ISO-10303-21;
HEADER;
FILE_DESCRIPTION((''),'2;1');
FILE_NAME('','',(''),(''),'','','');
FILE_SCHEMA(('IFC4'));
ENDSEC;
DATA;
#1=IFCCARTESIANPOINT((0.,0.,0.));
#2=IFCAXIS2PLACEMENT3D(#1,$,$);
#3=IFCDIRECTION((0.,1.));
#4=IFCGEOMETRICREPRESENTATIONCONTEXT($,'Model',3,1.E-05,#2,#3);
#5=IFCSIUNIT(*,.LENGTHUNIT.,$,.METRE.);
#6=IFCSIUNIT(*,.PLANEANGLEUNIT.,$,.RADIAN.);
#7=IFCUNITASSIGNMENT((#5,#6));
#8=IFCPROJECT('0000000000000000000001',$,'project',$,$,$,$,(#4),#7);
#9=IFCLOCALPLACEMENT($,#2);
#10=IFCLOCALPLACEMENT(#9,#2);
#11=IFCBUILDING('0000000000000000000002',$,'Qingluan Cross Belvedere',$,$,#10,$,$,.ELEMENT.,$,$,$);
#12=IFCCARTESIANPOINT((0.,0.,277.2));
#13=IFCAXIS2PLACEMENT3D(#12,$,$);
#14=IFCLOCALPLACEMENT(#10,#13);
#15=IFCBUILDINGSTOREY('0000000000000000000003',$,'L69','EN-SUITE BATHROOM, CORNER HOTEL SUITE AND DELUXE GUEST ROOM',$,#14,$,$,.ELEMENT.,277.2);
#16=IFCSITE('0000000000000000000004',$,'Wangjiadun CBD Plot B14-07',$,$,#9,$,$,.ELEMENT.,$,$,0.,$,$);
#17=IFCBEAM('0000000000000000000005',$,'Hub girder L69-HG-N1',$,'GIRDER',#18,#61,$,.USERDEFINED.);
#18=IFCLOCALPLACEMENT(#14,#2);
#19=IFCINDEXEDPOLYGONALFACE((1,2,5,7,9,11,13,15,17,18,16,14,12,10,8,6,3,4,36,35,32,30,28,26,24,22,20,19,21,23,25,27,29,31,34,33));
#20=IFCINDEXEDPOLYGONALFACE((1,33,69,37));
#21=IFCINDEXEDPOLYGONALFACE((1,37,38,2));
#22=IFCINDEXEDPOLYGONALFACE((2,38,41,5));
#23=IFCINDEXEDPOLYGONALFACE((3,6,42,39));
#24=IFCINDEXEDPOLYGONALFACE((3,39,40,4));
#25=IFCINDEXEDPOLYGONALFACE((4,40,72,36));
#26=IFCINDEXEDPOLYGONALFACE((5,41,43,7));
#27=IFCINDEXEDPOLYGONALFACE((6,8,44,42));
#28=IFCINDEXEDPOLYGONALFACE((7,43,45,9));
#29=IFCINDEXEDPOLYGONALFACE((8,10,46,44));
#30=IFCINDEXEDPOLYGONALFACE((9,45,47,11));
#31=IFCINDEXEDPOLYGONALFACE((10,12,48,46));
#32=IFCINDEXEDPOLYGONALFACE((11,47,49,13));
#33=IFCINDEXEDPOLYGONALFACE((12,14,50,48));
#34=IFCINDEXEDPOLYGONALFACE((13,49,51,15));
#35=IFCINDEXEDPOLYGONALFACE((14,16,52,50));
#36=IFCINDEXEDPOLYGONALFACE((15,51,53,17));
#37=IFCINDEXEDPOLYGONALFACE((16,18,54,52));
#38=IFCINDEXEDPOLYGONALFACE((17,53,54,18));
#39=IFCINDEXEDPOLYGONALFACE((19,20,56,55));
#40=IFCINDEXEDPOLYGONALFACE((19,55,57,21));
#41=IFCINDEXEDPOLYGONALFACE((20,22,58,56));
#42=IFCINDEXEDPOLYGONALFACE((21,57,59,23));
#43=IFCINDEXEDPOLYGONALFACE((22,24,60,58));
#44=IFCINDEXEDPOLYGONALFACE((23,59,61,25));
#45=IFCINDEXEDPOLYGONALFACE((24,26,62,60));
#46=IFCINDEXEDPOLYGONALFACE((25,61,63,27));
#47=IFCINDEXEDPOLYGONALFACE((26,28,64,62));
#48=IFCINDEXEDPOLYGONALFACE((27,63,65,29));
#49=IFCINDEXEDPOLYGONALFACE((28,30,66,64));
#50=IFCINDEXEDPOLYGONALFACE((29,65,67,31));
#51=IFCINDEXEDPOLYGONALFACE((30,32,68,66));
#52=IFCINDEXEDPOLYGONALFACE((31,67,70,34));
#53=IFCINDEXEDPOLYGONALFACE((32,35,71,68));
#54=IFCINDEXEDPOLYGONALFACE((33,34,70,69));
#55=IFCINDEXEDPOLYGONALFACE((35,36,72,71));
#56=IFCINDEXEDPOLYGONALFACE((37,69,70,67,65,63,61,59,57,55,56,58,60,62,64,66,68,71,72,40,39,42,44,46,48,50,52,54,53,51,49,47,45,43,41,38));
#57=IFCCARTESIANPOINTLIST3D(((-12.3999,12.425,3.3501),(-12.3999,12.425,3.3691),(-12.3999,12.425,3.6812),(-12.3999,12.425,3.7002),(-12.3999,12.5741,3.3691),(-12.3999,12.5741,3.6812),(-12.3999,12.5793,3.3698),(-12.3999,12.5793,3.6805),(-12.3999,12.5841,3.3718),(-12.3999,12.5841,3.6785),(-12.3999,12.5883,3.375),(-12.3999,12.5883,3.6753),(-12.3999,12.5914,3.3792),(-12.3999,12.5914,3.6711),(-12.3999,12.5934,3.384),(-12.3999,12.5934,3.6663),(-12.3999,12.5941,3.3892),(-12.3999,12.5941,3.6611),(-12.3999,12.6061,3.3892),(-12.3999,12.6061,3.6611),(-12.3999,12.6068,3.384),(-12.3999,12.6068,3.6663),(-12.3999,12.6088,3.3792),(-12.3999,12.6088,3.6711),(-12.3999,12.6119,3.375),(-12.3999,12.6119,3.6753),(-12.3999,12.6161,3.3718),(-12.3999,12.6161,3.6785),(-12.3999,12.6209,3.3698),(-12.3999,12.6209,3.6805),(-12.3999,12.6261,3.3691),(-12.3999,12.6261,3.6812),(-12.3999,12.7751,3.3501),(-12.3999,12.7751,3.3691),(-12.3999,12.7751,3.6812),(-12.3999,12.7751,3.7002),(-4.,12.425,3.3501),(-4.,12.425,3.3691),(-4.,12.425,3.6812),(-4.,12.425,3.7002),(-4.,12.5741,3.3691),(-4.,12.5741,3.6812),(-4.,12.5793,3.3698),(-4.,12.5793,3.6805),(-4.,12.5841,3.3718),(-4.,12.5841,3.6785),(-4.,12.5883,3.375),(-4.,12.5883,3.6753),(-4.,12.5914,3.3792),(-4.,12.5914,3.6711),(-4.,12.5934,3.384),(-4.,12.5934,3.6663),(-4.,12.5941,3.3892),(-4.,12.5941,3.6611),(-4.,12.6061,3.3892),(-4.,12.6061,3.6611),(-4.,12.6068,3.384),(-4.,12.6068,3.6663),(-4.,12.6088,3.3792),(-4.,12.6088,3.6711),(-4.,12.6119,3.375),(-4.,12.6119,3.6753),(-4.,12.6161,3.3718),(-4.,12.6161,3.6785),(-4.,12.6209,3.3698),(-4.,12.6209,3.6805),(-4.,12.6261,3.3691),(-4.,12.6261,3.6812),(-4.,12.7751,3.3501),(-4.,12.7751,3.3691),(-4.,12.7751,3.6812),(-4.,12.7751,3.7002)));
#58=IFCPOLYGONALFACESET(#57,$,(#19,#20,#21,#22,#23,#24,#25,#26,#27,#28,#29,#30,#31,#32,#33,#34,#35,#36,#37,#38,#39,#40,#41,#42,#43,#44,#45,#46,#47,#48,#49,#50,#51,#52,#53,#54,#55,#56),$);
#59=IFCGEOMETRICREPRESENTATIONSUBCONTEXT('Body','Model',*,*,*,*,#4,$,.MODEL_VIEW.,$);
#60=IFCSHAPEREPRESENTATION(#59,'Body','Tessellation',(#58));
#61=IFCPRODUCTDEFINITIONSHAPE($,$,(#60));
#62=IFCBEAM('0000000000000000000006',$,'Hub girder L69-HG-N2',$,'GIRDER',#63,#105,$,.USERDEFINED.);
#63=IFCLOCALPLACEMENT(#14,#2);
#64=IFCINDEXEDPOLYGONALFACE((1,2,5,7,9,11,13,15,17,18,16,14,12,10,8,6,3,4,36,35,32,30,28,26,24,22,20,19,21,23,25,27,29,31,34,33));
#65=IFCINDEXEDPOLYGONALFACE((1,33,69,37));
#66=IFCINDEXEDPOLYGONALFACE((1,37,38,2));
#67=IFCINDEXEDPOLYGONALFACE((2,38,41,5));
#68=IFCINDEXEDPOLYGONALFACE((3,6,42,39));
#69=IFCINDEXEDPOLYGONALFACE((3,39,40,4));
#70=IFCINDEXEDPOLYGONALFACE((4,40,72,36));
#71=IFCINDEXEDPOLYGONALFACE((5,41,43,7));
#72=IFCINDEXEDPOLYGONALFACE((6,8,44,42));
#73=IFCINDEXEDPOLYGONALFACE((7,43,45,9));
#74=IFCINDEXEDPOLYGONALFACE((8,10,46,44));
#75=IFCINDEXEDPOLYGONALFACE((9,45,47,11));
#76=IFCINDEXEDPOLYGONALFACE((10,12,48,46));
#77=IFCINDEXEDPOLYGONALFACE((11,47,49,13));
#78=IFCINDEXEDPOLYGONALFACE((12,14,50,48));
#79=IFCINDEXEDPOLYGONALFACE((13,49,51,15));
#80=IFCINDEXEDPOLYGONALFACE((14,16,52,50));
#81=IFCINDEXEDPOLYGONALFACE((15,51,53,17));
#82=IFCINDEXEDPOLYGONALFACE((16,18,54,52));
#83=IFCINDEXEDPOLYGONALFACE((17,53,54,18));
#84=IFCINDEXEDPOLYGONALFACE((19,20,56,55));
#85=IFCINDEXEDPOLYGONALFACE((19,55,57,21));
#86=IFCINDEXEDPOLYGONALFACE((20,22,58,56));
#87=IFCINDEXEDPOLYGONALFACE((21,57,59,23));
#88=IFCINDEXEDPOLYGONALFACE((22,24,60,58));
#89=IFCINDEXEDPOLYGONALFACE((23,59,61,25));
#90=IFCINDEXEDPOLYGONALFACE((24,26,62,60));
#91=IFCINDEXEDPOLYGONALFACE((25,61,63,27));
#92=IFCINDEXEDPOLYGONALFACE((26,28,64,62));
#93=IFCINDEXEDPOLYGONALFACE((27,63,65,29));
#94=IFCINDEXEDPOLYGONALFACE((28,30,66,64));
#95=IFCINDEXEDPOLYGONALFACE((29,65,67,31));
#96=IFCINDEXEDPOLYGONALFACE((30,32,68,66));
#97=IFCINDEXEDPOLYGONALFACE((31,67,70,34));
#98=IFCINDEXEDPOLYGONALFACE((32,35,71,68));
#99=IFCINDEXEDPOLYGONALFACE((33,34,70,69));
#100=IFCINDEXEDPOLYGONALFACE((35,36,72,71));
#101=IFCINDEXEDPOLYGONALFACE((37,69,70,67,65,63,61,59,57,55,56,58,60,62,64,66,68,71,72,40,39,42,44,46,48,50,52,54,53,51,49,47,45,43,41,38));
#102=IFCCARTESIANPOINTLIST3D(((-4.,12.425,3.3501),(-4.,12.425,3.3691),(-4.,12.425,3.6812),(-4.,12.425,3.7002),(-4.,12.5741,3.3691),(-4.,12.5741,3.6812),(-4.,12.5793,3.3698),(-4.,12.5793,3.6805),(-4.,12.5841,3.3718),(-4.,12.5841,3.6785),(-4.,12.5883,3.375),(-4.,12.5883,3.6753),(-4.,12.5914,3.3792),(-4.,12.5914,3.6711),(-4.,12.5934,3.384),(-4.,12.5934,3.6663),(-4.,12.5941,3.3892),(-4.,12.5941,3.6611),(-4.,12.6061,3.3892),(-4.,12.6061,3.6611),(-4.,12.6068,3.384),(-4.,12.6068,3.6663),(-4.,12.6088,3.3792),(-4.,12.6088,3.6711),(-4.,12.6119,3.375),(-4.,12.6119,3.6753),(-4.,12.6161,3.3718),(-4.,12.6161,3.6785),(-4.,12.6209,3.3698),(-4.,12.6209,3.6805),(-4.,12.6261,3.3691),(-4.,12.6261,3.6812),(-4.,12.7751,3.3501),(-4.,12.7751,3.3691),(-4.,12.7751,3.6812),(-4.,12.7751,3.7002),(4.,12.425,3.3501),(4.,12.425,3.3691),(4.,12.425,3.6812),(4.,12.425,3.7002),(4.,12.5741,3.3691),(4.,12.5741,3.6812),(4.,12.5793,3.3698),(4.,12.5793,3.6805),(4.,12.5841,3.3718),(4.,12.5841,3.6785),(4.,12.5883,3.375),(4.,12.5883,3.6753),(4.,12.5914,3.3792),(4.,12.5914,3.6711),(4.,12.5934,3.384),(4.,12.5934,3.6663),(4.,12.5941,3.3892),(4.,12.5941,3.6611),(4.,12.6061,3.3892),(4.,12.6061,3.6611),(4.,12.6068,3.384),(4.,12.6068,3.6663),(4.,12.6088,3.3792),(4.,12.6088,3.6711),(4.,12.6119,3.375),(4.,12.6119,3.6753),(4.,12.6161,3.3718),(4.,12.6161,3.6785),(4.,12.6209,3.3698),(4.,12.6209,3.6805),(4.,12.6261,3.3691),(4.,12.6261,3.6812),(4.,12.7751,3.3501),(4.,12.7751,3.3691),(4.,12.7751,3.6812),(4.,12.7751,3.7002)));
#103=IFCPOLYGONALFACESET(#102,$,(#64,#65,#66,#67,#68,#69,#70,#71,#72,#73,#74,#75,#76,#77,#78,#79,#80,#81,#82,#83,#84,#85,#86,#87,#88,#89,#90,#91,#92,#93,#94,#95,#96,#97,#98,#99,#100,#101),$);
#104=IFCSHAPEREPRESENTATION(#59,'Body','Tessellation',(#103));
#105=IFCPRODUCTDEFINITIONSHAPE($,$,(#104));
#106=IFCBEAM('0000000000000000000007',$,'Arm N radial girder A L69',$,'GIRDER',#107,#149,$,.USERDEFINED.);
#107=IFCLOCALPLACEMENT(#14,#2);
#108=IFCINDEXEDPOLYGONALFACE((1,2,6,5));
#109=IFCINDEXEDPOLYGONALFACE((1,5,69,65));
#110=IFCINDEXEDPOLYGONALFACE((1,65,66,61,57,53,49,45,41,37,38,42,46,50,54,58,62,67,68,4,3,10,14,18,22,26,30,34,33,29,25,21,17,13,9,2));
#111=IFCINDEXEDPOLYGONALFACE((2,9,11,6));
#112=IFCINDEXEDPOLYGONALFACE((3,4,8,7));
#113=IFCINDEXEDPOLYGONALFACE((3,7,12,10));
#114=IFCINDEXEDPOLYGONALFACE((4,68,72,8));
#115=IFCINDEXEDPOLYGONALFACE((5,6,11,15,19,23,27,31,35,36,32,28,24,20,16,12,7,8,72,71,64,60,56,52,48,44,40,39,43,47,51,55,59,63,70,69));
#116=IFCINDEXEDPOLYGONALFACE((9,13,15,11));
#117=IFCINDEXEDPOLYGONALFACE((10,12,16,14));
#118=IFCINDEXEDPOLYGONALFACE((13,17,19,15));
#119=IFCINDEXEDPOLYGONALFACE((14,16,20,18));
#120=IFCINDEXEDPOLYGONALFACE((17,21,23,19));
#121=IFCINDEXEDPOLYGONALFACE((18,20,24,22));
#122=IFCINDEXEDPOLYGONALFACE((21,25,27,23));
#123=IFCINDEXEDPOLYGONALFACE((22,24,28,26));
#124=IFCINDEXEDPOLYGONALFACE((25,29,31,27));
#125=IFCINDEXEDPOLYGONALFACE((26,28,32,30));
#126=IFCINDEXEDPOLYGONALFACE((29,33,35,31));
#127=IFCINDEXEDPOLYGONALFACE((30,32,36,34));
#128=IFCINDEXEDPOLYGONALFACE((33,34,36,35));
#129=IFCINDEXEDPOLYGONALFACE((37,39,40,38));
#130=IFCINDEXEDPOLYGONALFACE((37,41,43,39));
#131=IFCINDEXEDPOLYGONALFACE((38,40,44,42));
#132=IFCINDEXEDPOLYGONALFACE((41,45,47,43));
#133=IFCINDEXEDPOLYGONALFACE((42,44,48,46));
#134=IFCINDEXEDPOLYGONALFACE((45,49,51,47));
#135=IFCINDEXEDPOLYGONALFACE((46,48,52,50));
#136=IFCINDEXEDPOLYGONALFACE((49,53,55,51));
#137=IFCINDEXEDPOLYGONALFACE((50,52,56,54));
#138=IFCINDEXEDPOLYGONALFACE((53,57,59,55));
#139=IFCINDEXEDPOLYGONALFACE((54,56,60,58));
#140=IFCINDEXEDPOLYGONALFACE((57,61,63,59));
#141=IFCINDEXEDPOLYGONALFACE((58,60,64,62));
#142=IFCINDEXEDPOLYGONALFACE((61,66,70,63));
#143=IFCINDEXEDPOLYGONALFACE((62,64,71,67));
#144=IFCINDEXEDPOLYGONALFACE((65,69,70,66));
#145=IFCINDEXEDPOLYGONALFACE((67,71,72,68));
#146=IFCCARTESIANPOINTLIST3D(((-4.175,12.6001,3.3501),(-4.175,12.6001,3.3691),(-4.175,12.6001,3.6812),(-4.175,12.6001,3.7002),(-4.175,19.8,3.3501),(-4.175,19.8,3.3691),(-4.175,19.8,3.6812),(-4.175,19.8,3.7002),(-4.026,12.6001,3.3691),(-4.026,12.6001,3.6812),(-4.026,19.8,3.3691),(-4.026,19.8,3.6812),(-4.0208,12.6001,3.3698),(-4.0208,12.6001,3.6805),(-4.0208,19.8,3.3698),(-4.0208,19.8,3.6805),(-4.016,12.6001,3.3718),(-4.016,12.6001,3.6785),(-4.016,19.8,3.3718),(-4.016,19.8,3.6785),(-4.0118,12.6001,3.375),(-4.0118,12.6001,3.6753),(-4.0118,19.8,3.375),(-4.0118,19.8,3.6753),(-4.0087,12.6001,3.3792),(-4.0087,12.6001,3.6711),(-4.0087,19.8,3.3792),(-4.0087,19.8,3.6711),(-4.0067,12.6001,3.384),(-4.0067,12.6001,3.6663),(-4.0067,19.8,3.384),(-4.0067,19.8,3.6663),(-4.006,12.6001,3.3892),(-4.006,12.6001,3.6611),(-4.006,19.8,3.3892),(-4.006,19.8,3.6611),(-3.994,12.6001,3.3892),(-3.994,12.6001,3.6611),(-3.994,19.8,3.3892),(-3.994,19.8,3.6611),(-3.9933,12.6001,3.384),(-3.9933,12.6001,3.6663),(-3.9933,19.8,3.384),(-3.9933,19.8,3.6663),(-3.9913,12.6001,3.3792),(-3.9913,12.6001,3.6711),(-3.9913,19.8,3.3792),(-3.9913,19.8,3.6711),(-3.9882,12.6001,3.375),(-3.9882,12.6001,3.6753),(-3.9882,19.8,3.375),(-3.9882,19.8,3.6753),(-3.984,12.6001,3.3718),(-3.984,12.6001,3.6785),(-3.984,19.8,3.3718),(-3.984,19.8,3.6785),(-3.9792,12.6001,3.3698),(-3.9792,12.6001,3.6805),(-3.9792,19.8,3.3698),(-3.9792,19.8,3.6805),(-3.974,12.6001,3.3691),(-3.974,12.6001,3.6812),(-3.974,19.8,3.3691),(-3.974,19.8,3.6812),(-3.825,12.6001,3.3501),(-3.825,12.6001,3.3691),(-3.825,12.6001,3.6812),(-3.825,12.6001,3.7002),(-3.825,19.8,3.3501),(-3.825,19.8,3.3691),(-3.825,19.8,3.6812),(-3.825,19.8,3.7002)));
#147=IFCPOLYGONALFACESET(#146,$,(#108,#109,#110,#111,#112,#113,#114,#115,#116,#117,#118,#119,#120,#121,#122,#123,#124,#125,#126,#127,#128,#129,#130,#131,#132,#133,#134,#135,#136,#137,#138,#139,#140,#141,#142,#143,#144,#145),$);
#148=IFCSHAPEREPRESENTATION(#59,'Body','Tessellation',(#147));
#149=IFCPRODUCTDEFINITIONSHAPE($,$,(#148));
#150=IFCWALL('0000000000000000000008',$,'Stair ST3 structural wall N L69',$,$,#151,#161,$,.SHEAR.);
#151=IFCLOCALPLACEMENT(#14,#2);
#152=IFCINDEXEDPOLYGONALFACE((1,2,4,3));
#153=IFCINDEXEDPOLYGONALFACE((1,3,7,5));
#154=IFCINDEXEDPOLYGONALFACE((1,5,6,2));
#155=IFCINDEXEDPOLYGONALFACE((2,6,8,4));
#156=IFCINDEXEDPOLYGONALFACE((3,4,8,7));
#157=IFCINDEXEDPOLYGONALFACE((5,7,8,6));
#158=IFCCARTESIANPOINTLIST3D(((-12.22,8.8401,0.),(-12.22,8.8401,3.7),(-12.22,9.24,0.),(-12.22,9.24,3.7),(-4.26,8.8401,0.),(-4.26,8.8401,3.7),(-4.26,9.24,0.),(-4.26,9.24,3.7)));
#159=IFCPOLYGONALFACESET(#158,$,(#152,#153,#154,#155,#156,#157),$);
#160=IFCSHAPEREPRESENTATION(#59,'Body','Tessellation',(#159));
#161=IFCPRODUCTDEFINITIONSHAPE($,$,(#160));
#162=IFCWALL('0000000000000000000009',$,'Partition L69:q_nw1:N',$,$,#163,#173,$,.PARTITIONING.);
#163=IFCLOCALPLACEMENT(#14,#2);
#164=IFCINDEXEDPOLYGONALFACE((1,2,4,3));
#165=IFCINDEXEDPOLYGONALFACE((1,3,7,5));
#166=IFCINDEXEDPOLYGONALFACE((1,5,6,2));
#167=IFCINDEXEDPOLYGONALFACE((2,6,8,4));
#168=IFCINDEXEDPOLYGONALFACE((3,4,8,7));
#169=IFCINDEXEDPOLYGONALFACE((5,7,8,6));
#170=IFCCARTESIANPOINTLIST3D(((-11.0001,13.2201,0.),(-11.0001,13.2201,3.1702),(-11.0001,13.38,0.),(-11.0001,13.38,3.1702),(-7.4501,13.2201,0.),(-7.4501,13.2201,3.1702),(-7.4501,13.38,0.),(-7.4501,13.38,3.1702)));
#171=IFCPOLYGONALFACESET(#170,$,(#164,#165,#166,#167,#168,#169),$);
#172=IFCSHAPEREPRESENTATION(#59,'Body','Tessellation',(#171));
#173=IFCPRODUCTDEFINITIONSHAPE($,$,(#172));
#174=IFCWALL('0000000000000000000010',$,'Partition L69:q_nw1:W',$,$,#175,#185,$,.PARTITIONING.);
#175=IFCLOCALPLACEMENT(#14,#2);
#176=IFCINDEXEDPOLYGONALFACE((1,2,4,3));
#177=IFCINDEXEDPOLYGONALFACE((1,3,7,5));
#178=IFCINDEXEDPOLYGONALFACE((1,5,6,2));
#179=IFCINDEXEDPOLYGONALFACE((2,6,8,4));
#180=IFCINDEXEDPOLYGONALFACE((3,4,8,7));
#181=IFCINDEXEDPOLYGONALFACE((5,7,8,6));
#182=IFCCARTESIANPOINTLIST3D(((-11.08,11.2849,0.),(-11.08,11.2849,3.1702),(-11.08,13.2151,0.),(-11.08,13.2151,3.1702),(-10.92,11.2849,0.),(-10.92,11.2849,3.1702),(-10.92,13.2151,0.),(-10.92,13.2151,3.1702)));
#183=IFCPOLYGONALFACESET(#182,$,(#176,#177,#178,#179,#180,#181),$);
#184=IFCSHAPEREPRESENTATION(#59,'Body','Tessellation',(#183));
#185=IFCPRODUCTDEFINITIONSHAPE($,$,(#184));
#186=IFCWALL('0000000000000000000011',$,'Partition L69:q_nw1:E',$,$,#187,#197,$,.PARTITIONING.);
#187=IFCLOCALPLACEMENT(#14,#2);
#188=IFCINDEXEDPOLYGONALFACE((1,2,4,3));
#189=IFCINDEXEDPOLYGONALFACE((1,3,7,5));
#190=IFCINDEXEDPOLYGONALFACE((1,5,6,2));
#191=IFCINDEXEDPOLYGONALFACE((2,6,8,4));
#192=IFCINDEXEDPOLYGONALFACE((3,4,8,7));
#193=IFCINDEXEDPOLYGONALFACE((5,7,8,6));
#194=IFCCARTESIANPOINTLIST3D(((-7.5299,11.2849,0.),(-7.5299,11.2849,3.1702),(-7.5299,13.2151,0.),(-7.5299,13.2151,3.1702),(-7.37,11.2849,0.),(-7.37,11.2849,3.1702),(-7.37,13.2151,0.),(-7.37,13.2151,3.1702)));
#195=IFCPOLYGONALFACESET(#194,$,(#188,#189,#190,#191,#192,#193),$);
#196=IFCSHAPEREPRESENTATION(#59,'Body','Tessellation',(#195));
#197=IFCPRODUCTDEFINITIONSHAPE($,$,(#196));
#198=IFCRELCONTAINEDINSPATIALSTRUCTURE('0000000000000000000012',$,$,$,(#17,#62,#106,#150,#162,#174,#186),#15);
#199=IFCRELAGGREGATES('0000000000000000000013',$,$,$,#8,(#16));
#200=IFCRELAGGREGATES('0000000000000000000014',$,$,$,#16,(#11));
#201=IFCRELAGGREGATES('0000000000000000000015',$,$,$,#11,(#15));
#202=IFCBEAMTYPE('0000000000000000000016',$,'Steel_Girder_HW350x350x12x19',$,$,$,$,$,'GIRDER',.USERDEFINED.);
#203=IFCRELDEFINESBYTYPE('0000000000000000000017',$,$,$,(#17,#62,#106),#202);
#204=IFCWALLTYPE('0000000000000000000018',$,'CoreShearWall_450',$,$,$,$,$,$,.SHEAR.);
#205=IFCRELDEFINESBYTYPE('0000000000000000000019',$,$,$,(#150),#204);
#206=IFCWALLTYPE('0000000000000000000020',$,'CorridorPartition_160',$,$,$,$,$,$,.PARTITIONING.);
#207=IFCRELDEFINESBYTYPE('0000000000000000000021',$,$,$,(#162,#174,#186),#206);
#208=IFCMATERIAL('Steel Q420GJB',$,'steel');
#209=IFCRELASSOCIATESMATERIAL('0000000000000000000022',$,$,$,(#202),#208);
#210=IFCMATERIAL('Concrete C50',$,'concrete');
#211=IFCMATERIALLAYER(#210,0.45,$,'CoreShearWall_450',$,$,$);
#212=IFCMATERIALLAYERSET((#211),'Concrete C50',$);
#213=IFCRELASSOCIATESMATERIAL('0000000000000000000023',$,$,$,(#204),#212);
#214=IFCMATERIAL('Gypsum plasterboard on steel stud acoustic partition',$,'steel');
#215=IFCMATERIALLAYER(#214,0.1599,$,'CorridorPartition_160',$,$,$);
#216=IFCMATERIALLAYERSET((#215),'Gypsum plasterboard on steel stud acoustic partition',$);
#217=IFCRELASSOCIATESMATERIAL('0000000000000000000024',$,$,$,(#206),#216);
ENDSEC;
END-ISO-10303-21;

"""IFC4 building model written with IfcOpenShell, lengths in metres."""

from ifc_helpers import new_model, si_unit, direction, frame, frame_2d, origin, origin_2d, place, context, subcontext, project, spatial, rectangle, i_section, extrude, material, layer, layer_set, material_profile, profile_set, type_object, element, save


model = new_model("IFC4")

# Units and contexts
model_context = context("Model", 3, precision=1e-05, world=origin(), true_north=direction((0.0, 1.0)))
body_context = subcontext(model_context, "Body", "Model", "MODEL_VIEW")
ifc_project = project(units=[si_unit("LENGTHUNIT", "METRE"), si_unit("PLANEANGLEUNIT", "RADIAN")], contexts=[model_context])

# Site, building, storey
site_placement = place(None, origin())
site = spatial("IfcSite", under=ifc_project, at=site_placement, Name="Wangjiadun CBD Plot B14-07", CompositionType="ELEMENT", RefElevation=0.0)
building_placement = place(site_placement, origin())
building = spatial("IfcBuilding", under=site, at=building_placement, Name="Qingluan Cross Belvedere", CompositionType="ELEMENT")
storey_placement = place(building_placement, frame((0.0, 0.0, 277.2)))
storey = spatial("IfcBuildingStorey", under=building, at=storey_placement, Name="L69", Description="EN-SUITE BATHROOM, CORNER HOTEL SUITE AND DELUXE GUEST ROOM", CompositionType="ELEMENT", Elevation=277.2)

# Beams
ifc_material_1 = material(Name="Steel Q420GJB", Category="steel")
ifc_material_profile_1 = material_profile(ifc_material_1, i_section(OverallWidth=0.3501, OverallDepth=0.3501, WebThickness=0.012, FlangeThickness=0.019, FilletRadius=0.02, at=origin_2d()), Name="HW350x350x12x19")
ifc_profile_set_1 = profile_set([ifc_material_profile_1], Name="Steel Q420GJB")
beam_type_1 = type_object("IfcBeamType", Name="Steel_Girder_HW350x350x12x19", ElementType="GIRDER", PredefinedType="USERDEFINED", material=ifc_profile_set_1)
beam_1_placement = place(storey_placement, frame((-12.3999, 12.6001, 3.5251), z_axis=(1.0, 0.0, 0.0), x_axis=(0.0, 1.0, 0.0)))
element("IfcBeam", 1, at=beam_1_placement, inside=storey, type_object=beam_type_1, Name="Hub girder L69-HG-N1", ObjectType="GIRDER", PredefinedType="USERDEFINED", context=body_context, shape_type="SweptSolid", body=[
    extrude(i_section(OverallWidth=0.3501, OverallDepth=0.3501, WebThickness=0.012, FlangeThickness=0.019, FilletRadius=0.02, at=origin_2d()), origin(), (0.0, 0.0, 1.0), 8.3999),
])
beam_2_placement = place(storey_placement, frame((-4.0, 12.6001, 3.5251), z_axis=(1.0, 0.0, 0.0), x_axis=(0.0, 1.0, 0.0)))
element("IfcBeam", 2, at=beam_2_placement, inside=storey, type_object=beam_type_1, Name="Hub girder L69-HG-N2", ObjectType="GIRDER", PredefinedType="USERDEFINED", context=body_context, shape_type="SweptSolid", body=[
    extrude(i_section(OverallWidth=0.3501, OverallDepth=0.3501, WebThickness=0.012, FlangeThickness=0.019, FilletRadius=0.02, at=origin_2d()), origin(), (0.0, 0.0, 1.0), 8.0),
])
beam_3_placement = place(storey_placement, frame((-4.0, 12.6001, 3.5251), z_axis=(0.0, 1.0, 0.0), x_axis=(-1.0, 0.0, 0.0)))
element("IfcBeam", 3, at=beam_3_placement, inside=storey, type_object=beam_type_1, Name="Arm N radial girder A L69", ObjectType="GIRDER", PredefinedType="USERDEFINED", context=body_context, shape_type="SweptSolid", body=[
    extrude(i_section(OverallWidth=0.3501, OverallDepth=0.3501, WebThickness=0.012, FlangeThickness=0.019, FilletRadius=0.02, at=origin_2d()), origin(), (0.0, 0.0, 1.0), 7.2),
])

# Wall
ifc_material_2 = material(Name="Concrete C50", Category="concrete")
ifc_layer_1 = layer(ifc_material_2, 0.45, Name="CoreShearWall_450")
ifc_layer_set_1 = layer_set([ifc_layer_1], Name="Concrete C50")
wall_type_1 = type_object("IfcWallType", Name="CoreShearWall_450", PredefinedType="SHEAR", material=ifc_layer_set_1)
wall_1_placement = place(storey_placement, frame((-12.22, 9.04, 0.0), z_axis=(0.0, 0.0, 1.0), x_axis=(1.0, 0.0, 0.0)))
element("IfcWall", 4, at=wall_1_placement, inside=storey, type_object=wall_type_1, Name="Stair ST3 structural wall N L69", PredefinedType="SHEAR", context=body_context, shape_type="SweptSolid", body=[
    extrude(rectangle(XDim=7.96, YDim=0.3999, at=frame_2d((3.98, 0.0))), origin(), (0.0, 0.0, 1.0), 3.7),
])

# Shared definitions
ifc_material_3 = material(Name="Gypsum plasterboard on steel stud acoustic partition", Category="steel")
ifc_layer_2 = layer(ifc_material_3, 0.1599, Name="CorridorPartition_160")
ifc_layer_set_2 = layer_set([ifc_layer_2], Name="Gypsum plasterboard on steel stud acoustic partition")
wall_type_2 = type_object("IfcWallType", Name="CorridorPartition_160", PredefinedType="PARTITIONING", material=ifc_layer_set_2)

# Walls
wall_2_placement = place(storey_placement, frame((-11.0, 13.3, 0.0), z_axis=(0.0, 0.0, 1.0), x_axis=(1.0, 0.0, 0.0)))
element("IfcWall", 5, at=wall_2_placement, inside=storey, type_object=wall_type_2, Name="Partition L69:q_nw1:N", PredefinedType="PARTITIONING", context=body_context, shape_type="SweptSolid", body=[
    extrude(rectangle(XDim=3.55, YDim=0.1599, at=frame_2d((1.7749, 0.0))), origin(), (0.0, 0.0, 1.0), 3.1702),
])
for number, where, z_axis, x_axis, name in (
    (6, (-11.0, 11.2849, 0.0), (0.0, 0.0, 1.0), (0.0, 1.0, 0.0), "Partition L69:q_nw1:W"),
    (7, (-7.45, 11.2849, 0.0), (0.0, 0.0, 1.0), (0.0, 1.0, 0.0), "Partition L69:q_nw1:E"),
):
    element("IfcWall", number, at=place(storey_placement, frame(where, z_axis=z_axis, x_axis=x_axis)), inside=storey, type_object=wall_type_2, Name=name, PredefinedType="PARTITIONING", context=body_context, shape_type="SweptSolid", body=[
        extrude(rectangle(XDim=1.9302, YDim=0.1599, at=frame_2d((0.9651, 0.0))), origin(), (0.0, 0.0, 1.0), 3.1702),
    ])

save(model, "model.ifc")
